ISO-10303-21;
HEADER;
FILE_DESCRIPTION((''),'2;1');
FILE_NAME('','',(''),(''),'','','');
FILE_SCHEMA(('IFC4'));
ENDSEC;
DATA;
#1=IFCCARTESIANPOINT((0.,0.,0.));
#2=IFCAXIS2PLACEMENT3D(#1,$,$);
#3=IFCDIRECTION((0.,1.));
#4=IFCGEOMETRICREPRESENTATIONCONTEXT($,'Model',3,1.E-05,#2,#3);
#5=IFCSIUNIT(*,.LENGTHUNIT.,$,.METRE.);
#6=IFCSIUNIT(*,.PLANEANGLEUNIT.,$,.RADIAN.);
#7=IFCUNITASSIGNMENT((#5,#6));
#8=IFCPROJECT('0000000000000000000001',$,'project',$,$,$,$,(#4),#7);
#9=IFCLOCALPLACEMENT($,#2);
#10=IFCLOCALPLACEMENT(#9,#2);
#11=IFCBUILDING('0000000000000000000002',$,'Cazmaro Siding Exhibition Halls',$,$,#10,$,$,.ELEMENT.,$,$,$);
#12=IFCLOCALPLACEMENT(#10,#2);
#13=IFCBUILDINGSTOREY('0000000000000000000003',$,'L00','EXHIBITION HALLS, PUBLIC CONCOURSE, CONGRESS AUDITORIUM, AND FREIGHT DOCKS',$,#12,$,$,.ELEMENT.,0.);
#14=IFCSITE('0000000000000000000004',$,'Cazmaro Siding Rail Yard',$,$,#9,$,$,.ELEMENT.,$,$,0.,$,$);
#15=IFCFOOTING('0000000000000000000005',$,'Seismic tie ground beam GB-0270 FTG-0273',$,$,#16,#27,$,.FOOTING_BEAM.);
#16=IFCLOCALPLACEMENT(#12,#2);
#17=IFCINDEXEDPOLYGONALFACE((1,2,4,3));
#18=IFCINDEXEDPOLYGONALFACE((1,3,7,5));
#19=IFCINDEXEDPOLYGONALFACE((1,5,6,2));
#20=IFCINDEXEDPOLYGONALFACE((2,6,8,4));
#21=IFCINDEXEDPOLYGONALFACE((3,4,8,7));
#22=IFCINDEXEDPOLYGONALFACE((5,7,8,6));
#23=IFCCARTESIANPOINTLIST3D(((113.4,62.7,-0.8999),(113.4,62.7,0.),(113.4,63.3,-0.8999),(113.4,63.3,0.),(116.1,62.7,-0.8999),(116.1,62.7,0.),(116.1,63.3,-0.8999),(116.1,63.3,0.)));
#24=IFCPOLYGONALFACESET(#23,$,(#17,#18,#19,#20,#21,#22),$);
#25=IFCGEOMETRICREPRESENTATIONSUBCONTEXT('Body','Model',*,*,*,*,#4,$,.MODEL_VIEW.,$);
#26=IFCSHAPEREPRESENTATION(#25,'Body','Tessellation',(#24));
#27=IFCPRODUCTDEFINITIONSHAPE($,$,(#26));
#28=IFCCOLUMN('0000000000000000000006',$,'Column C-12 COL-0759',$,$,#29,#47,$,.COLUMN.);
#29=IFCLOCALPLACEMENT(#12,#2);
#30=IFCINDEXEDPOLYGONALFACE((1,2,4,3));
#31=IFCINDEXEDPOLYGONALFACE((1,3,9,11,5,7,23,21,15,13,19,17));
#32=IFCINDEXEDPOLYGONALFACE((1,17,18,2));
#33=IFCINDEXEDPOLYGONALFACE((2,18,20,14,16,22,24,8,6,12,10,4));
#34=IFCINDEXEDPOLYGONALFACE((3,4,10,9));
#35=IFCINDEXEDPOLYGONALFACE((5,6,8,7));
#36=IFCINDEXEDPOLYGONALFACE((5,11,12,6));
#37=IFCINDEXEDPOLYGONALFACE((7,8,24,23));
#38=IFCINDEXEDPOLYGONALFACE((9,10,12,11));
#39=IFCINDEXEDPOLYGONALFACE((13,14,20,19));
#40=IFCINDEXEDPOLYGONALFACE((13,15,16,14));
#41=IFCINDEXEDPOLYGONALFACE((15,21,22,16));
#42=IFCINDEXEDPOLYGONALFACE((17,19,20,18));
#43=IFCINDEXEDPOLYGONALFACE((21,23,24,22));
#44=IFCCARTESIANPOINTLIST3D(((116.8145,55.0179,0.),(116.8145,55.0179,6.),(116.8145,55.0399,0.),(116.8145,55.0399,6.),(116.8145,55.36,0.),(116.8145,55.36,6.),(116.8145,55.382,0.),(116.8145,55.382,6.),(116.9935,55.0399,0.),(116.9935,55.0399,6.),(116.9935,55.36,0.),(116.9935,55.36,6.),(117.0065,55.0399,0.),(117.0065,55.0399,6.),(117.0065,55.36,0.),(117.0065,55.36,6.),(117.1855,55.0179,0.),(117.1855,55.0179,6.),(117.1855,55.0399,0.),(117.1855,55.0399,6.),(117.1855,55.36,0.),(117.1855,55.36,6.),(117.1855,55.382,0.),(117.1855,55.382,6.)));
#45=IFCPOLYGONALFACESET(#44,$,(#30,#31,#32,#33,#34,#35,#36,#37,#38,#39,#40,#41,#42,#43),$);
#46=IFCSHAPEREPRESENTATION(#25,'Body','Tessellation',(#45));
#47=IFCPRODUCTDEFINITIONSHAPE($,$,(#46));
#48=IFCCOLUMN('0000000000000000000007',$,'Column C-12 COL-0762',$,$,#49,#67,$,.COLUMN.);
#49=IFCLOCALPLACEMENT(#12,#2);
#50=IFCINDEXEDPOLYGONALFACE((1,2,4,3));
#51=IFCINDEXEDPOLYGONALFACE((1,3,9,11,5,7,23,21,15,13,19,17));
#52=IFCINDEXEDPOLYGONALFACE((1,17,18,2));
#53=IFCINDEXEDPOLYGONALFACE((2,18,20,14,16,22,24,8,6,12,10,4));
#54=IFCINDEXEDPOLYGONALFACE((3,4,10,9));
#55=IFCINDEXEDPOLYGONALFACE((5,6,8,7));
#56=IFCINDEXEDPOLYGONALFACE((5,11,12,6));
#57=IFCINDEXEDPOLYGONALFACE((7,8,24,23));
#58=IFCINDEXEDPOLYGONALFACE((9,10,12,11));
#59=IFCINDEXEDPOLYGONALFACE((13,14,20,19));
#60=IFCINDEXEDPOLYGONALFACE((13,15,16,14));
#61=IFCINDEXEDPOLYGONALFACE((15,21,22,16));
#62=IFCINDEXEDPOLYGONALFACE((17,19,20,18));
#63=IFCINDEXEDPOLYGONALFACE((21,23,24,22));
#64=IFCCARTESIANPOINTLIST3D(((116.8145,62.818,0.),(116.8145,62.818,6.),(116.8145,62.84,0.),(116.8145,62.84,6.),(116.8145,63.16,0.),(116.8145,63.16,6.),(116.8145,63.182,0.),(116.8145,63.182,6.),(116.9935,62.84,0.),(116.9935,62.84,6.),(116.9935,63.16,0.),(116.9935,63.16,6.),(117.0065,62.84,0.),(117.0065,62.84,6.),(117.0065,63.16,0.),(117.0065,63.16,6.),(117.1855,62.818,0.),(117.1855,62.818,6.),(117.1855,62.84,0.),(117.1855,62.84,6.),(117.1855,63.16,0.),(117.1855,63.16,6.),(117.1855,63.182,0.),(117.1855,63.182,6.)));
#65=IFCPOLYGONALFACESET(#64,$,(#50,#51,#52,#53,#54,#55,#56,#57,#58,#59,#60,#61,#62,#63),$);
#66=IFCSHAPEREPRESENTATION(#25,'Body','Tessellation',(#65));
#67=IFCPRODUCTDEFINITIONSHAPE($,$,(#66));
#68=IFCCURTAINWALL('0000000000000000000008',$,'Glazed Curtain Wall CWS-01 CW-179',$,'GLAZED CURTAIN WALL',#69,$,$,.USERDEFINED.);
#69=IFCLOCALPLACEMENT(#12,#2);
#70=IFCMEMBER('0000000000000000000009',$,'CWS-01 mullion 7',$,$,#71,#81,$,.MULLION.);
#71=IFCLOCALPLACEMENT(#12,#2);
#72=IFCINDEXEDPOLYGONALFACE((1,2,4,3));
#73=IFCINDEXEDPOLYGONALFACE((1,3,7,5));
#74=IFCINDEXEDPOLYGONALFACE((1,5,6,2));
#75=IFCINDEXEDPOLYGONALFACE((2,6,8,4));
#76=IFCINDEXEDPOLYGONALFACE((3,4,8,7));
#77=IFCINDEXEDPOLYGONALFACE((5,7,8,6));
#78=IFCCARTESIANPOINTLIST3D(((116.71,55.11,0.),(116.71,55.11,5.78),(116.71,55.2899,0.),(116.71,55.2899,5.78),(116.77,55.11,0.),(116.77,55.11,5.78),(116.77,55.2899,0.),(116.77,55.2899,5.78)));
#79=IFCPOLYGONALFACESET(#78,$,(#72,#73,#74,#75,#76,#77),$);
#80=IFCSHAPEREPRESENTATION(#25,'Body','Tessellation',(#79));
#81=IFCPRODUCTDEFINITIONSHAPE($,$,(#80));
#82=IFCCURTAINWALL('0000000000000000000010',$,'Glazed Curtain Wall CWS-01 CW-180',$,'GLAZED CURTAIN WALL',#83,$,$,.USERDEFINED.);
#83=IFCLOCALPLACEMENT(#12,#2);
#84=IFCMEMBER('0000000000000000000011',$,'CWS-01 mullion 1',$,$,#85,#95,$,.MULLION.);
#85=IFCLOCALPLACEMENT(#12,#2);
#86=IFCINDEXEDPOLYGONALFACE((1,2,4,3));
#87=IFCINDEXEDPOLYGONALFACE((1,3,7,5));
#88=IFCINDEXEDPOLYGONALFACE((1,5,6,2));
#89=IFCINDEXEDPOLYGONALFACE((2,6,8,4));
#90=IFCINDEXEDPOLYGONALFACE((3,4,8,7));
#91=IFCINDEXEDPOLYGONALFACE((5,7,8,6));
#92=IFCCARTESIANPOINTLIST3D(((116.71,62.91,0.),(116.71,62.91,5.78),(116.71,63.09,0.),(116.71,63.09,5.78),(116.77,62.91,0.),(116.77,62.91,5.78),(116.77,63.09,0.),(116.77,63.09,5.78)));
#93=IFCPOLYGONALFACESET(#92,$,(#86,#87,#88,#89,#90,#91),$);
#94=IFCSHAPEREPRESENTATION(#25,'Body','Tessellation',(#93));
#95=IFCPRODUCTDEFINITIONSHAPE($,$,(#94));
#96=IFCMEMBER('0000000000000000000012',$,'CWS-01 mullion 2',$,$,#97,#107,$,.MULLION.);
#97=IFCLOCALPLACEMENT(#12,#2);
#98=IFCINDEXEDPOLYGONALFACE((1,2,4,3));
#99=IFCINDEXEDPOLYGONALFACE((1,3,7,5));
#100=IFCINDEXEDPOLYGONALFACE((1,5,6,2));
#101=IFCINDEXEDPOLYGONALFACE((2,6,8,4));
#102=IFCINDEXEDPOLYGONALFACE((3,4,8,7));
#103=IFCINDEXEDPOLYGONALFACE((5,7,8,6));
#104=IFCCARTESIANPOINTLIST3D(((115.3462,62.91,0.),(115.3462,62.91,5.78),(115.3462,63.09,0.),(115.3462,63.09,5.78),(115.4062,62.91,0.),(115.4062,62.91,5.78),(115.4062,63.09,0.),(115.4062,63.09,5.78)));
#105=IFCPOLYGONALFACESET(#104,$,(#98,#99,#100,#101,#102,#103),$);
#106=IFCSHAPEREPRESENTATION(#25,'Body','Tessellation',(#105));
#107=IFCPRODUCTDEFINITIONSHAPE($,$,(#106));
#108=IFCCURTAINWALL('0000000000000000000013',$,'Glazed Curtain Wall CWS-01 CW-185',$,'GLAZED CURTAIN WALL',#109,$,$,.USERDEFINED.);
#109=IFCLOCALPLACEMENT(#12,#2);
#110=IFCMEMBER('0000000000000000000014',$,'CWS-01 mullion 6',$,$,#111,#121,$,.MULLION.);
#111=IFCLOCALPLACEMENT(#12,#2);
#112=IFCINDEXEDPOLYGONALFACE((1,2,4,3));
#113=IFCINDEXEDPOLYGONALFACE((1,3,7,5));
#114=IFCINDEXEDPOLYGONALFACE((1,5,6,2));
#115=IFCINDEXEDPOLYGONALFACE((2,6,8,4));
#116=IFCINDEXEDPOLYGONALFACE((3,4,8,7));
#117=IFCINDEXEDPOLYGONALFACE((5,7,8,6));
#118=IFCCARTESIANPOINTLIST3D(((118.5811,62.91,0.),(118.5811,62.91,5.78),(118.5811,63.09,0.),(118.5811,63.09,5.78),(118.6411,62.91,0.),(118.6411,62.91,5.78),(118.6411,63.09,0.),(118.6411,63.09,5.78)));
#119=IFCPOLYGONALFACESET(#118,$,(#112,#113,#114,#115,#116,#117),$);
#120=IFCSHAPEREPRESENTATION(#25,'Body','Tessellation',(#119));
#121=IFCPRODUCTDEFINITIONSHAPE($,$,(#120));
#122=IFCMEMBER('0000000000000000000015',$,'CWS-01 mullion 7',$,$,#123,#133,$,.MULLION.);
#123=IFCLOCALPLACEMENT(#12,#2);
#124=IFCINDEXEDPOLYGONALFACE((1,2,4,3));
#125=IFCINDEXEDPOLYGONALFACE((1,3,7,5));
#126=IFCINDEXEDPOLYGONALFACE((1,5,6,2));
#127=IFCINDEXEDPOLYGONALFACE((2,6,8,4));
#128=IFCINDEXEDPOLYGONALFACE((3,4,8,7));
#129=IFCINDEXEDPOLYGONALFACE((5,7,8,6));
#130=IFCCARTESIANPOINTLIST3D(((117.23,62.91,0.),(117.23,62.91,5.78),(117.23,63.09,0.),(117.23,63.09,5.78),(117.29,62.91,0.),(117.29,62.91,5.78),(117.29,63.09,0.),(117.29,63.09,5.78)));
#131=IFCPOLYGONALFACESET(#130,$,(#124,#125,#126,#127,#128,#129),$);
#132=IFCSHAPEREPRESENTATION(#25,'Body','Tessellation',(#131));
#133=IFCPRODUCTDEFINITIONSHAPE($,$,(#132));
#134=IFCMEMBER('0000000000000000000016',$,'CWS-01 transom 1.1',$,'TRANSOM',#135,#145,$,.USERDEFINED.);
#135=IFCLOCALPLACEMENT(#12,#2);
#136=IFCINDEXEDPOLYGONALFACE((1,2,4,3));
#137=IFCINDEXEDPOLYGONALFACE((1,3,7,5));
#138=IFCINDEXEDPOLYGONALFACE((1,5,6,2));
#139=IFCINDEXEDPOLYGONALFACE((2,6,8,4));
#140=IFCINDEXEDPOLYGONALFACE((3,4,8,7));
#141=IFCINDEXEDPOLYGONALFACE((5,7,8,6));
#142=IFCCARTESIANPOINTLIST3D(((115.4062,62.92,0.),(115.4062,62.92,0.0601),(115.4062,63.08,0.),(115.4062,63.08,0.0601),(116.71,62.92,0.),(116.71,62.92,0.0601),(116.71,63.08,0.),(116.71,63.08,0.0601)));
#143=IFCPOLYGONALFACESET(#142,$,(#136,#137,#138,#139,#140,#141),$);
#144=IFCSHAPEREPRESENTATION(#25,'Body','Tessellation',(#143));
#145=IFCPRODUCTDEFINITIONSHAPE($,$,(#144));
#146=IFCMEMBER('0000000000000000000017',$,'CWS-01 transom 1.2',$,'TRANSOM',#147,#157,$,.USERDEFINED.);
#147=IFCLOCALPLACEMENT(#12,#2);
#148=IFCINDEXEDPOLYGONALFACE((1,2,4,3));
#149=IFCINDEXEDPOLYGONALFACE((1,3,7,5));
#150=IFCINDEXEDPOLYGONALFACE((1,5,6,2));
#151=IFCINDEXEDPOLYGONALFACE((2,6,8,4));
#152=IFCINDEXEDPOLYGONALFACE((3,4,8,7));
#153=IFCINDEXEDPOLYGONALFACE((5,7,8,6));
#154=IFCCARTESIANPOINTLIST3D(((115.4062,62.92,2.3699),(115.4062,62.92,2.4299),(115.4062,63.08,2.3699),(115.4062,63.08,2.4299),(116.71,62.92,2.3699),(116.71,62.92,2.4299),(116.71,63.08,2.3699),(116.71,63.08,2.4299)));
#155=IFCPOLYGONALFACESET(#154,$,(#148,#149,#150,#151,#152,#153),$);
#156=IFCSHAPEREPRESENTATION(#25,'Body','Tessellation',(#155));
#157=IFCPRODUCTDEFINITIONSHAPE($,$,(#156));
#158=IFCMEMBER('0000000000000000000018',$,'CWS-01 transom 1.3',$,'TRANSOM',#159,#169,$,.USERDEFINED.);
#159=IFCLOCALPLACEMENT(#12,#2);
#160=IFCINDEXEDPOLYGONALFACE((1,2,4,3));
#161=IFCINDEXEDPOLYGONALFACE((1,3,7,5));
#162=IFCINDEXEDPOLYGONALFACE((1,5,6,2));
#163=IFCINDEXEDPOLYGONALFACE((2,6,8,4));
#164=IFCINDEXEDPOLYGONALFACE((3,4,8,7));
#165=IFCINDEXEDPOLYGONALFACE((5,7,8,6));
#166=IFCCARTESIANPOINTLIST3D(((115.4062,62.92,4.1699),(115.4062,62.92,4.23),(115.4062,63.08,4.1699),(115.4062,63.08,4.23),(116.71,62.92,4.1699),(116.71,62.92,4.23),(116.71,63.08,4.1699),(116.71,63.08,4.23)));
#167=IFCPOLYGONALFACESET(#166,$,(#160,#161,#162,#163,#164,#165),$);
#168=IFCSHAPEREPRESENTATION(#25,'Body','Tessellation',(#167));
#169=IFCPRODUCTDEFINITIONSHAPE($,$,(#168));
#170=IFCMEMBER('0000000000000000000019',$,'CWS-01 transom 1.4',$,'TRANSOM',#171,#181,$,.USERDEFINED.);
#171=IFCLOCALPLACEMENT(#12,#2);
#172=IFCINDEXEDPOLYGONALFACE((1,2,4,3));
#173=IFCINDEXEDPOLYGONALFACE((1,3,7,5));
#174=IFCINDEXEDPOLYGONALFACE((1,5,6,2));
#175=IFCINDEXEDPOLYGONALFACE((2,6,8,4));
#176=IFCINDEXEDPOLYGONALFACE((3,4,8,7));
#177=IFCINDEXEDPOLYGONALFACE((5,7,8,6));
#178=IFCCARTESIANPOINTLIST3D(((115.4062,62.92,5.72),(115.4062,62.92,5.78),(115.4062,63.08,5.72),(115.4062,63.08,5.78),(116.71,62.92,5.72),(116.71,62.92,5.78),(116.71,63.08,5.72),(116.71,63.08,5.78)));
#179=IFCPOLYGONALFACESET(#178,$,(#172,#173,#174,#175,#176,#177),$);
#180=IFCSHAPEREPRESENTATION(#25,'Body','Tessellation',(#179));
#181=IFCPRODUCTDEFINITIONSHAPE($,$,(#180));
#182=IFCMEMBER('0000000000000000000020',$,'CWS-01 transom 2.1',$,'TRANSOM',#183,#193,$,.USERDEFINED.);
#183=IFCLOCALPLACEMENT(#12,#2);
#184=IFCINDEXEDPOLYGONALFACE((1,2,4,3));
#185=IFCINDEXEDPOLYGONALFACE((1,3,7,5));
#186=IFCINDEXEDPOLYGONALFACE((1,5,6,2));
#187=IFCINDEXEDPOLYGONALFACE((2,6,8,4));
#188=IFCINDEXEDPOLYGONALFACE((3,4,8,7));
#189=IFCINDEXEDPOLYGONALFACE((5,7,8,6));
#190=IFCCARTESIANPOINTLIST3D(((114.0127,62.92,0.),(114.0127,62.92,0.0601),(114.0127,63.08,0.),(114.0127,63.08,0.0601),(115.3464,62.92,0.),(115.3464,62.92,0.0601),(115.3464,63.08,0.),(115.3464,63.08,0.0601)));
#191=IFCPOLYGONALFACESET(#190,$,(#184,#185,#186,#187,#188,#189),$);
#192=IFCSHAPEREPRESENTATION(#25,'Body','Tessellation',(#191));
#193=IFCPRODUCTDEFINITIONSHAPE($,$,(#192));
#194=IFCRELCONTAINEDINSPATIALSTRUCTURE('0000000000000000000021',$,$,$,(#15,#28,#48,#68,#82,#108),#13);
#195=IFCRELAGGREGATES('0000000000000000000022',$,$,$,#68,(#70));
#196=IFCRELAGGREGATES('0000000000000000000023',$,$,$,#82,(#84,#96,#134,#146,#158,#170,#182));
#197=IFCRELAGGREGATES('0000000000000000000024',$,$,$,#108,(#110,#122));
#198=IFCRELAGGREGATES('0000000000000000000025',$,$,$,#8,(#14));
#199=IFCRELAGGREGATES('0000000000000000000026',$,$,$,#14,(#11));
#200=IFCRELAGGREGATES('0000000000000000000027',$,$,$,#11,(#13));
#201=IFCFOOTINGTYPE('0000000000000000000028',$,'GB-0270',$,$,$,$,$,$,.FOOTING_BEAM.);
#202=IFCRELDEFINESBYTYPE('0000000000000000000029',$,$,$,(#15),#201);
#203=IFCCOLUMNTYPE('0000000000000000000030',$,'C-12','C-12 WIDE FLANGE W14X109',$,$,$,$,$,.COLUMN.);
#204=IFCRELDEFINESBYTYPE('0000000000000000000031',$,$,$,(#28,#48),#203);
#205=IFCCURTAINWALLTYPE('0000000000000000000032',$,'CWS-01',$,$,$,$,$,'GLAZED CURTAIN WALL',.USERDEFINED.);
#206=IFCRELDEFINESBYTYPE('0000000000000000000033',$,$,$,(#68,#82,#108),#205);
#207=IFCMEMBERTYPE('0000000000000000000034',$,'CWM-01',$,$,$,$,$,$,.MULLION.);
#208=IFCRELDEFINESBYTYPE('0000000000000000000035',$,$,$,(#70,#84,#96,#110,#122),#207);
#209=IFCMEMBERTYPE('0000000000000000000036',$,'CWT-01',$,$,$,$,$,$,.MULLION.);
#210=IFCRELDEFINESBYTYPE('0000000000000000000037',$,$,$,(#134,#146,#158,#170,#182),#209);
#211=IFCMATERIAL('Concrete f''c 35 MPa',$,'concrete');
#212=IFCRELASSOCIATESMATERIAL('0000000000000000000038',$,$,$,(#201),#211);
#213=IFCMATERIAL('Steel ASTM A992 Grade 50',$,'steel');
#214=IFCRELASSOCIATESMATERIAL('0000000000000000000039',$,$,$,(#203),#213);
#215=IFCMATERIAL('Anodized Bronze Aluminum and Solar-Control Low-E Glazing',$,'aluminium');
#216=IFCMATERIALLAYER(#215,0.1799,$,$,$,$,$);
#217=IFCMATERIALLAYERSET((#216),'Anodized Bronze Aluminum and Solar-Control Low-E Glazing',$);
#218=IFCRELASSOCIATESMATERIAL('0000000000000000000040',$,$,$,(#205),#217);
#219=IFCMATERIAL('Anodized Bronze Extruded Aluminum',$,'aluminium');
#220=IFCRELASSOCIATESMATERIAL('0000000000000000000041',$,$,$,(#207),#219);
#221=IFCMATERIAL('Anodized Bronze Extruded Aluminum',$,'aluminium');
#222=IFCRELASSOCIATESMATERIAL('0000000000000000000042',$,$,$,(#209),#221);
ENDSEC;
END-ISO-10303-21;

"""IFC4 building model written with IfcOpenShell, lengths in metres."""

from ifc_helpers import new_model, si_unit, direction, frame, origin, origin_2d, place, context, subcontext, project, spatial, rectangle, i_section, extrude, material, layer, layer_set, material_profile, profile_set, type_object, element, aggregate, save


model = new_model("IFC4")

# Units and contexts
model_context = context("Model", 3, precision=1e-05, world=origin(), true_north=direction((0.0, 1.0)))
body_context = subcontext(model_context, "Body", "Model", "MODEL_VIEW")
ifc_project = project(units=[si_unit("LENGTHUNIT", "METRE"), si_unit("PLANEANGLEUNIT", "RADIAN")], contexts=[model_context])

# Site, building, storey
site_placement = place(None, origin())
site = spatial("IfcSite", under=ifc_project, at=site_placement, Name="Cazmaro Siding Rail Yard", CompositionType="ELEMENT", RefElevation=0.0)
building_placement = place(site_placement, origin())
building = spatial("IfcBuilding", under=site, at=building_placement, Name="Cazmaro Siding Exhibition Halls", CompositionType="ELEMENT")
storey_placement = place(building_placement, origin())
storey = spatial("IfcBuildingStorey", under=building, at=storey_placement, Name="L00", Description="EXHIBITION HALLS, PUBLIC CONCOURSE, CONGRESS AUDITORIUM, AND FREIGHT DOCKS", CompositionType="ELEMENT", Elevation=0.0)

# Footing
ifc_material_1 = material(Name="Concrete f'c 35 MPa", Category="concrete")
footing_type = type_object("IfcFootingType", Name="GB-0270", PredefinedType="FOOTING_BEAM", material=ifc_material_1)
footing_placement = place(storey_placement, frame((114.75, 63.0, -0.8999), z_axis=(0.0, 0.0, 1.0), x_axis=(1.0, 0.0, 0.0)))
element("IfcFooting", 1, at=footing_placement, inside=storey, type_object=footing_type, Name="Seismic tie ground beam GB-0270 FTG-0273", PredefinedType="FOOTING_BEAM", context=body_context, shape_type="SweptSolid", body=[
    extrude(rectangle(XDim=2.7, YDim=0.6001, at=origin_2d()), origin(), (0.0, 0.0, 1.0), 0.8999),
])

# Columns
ifc_material_2 = material(Name="Steel ASTM A992 Grade 50", Category="steel")
ifc_material_profile_1 = material_profile(ifc_material_2, i_section(OverallWidth=0.3711, OverallDepth=0.364, WebThickness=0.0129, FlangeThickness=0.022, at=origin_2d()), Name="W14X109")
ifc_profile_set_1 = profile_set([ifc_material_profile_1], Name="Steel ASTM A992 Grade 50")
column_type = type_object("IfcColumnType", Name="C-12", Description="C-12 WIDE FLANGE W14X109", PredefinedType="COLUMN", material=ifc_profile_set_1)
for number, where, z_axis, x_axis, name in (
    (2, (117.0, 55.2, 0.0), (0.0, 0.0, 1.0), (1.0, 0.0, 0.0), "Column C-12 COL-0759"),
    (3, (117.0, 63.0, 0.0), (0.0, 0.0, 1.0), (1.0, 0.0, 0.0), "Column C-12 COL-0762"),
):
    element("IfcColumn", number, at=place(storey_placement, frame(where, z_axis=z_axis, x_axis=x_axis)), inside=storey, type_object=column_type, Name=name, PredefinedType="COLUMN", context=body_context, shape_type="SweptSolid", body=[
        extrude(i_section(OverallWidth=0.3711, OverallDepth=0.364, WebThickness=0.0129, FlangeThickness=0.022, at=origin_2d()), origin(), (0.0, 0.0, 1.0), 6.0),
    ])

# Curtain wall, member
ifc_material_3 = material(Name="Anodized Bronze Aluminum and Solar-Control Low-E Glazing", Category="aluminium")
ifc_layer_1 = layer(ifc_material_3, 0.1799)
ifc_layer_set_1 = layer_set([ifc_layer_1], Name="Anodized Bronze Aluminum and Solar-Control Low-E Glazing")
curtain_wall_type = type_object("IfcCurtainWallType", Name="CWS-01", ElementType="GLAZED CURTAIN WALL", PredefinedType="USERDEFINED", material=ifc_layer_set_1)
curtain_wall_1_placement = place(storey_placement, origin())
curtain_wall_1 = element("IfcCurtainWall", 4, at=curtain_wall_1_placement, inside=storey, type_object=curtain_wall_type, Name="Glazed Curtain Wall CWS-01 CW-179", ObjectType="GLAZED CURTAIN WALL", PredefinedType="USERDEFINED")
ifc_material_4 = material(Name="Anodized Bronze Extruded Aluminum", Category="aluminium")
ifc_material_profile_2 = material_profile(ifc_material_4, rectangle(XDim=0.1799, YDim=0.0601, at=origin_2d()), Name="CWM-01")
ifc_profile_set_2 = profile_set([ifc_material_profile_2], Name="Anodized Bronze Extruded Aluminum")
member_type_1 = type_object("IfcMemberType", Name="CWM-01", PredefinedType="MULLION", material=ifc_profile_set_2)
member_1_placement = place(storey_placement, frame((116.74, 55.2, 0.0), z_axis=(0.0, 0.0, 1.0), x_axis=(0.0, 1.0, 0.0)))
member_1 = element("IfcMember", 5, at=member_1_placement, type_object=member_type_1, Name="CWS-01 mullion 7", PredefinedType="MULLION", context=body_context, shape_type="SweptSolid", body=[
    extrude(rectangle(XDim=0.1799, YDim=0.0601, at=origin_2d()), origin(), (0.0, 0.0, 1.0), 5.78),
])

# Curtain walls, members
curtain_wall_2_placement = place(storey_placement, origin())
curtain_wall_2 = element("IfcCurtainWall", 6, at=curtain_wall_2_placement, inside=storey, type_object=curtain_wall_type, Name="Glazed Curtain Wall CWS-01 CW-180", ObjectType="GLAZED CURTAIN WALL", PredefinedType="USERDEFINED")
member_2_placement = place(storey_placement, frame((116.74, 63.0, 0.0), z_axis=(0.0, 0.0, 1.0), x_axis=(0.0, -1.0, 0.0)))
member_2 = element("IfcMember", 7, at=member_2_placement, type_object=member_type_1, Name="CWS-01 mullion 1", PredefinedType="MULLION", context=body_context, shape_type="SweptSolid", body=[
    extrude(rectangle(XDim=0.1799, YDim=0.0601, at=origin_2d()), origin(), (0.0, 0.0, 1.0), 5.78),
])
member_3_placement = place(storey_placement, frame((115.3762, 63.0, 0.0), z_axis=(0.0, 0.0, 1.0), x_axis=(0.0, -1.0, 0.0)))
member_3 = element("IfcMember", 8, at=member_3_placement, type_object=member_type_1, Name="CWS-01 mullion 2", PredefinedType="MULLION", context=body_context, shape_type="SweptSolid", body=[
    extrude(rectangle(XDim=0.1799, YDim=0.0601, at=origin_2d()), origin(), (0.0, 0.0, 1.0), 5.78),
])
curtain_wall_3_placement = place(storey_placement, origin())
curtain_wall_3 = element("IfcCurtainWall", 9, at=curtain_wall_3_placement, inside=storey, type_object=curtain_wall_type, Name="Glazed Curtain Wall CWS-01 CW-185", ObjectType="GLAZED CURTAIN WALL", PredefinedType="USERDEFINED")
member_4_placement = place(storey_placement, frame((118.6111, 63.0, 0.0), z_axis=(0.0, 0.0, 1.0), x_axis=(0.0, -1.0, 0.0)))
member_4 = element("IfcMember", 10, at=member_4_placement, type_object=member_type_1, Name="CWS-01 mullion 6", PredefinedType="MULLION", context=body_context, shape_type="SweptSolid", body=[
    extrude(rectangle(XDim=0.1799, YDim=0.0601, at=origin_2d()), origin(), (0.0, 0.0, 1.0), 5.78),
])
member_5_placement = place(storey_placement, frame((117.26, 63.0, 0.0), z_axis=(0.0, 0.0, 1.0), x_axis=(0.0, -1.0, 0.0)))
member_5 = element("IfcMember", 11, at=member_5_placement, type_object=member_type_1, Name="CWS-01 mullion 7", PredefinedType="MULLION", context=body_context, shape_type="SweptSolid", body=[
    extrude(rectangle(XDim=0.1799, YDim=0.0601, at=origin_2d()), origin(), (0.0, 0.0, 1.0), 5.78),
])

# Members
ifc_material_5 = material(Name="Anodized Bronze Extruded Aluminum", Category="aluminium")
ifc_material_profile_3 = material_profile(ifc_material_5, rectangle(XDim=0.1599, YDim=0.0601, at=origin_2d()), Name="CWT-01")
ifc_profile_set_3 = profile_set([ifc_material_profile_3], Name="Anodized Bronze Extruded Aluminum")
member_type_2 = type_object("IfcMemberType", Name="CWT-01", PredefinedType="MULLION", material=ifc_profile_set_3)
member_6_placement = place(storey_placement, frame((116.71, 63.0, 0.03), z_axis=(-1.0, 0.0, 0.0), x_axis=(0.0, -1.0, 0.0)))
member_6 = element("IfcMember", 12, at=member_6_placement, type_object=member_type_2, Name="CWS-01 transom 1.1", ObjectType="TRANSOM", PredefinedType="USERDEFINED", context=body_context, shape_type="SweptSolid", body=[
    extrude(rectangle(XDim=0.1599, YDim=0.0601, at=origin_2d()), origin(), (0.0, 0.0, 1.0), 1.3037),
])
member_7_placement = place(storey_placement, frame((116.71, 63.0, 2.3999), z_axis=(-1.0, 0.0, 0.0), x_axis=(0.0, -1.0, 0.0)))
member_7 = element("IfcMember", 13, at=member_7_placement, type_object=member_type_2, Name="CWS-01 transom 1.2", ObjectType="TRANSOM", PredefinedType="USERDEFINED", context=body_context, shape_type="SweptSolid", body=[
    extrude(rectangle(XDim=0.1599, YDim=0.0601, at=origin_2d()), origin(), (0.0, 0.0, 1.0), 1.3037),
])
member_8_placement = place(storey_placement, frame((116.71, 63.0, 4.2), z_axis=(-1.0, 0.0, 0.0), x_axis=(0.0, -1.0, 0.0)))
member_8 = element("IfcMember", 14, at=member_8_placement, type_object=member_type_2, Name="CWS-01 transom 1.3", ObjectType="TRANSOM", PredefinedType="USERDEFINED", context=body_context, shape_type="SweptSolid", body=[
    extrude(rectangle(XDim=0.1599, YDim=0.0601, at=origin_2d()), origin(), (0.0, 0.0, 1.0), 1.3037),
])
member_9_placement = place(storey_placement, frame((116.71, 63.0, 5.75), z_axis=(-1.0, 0.0, 0.0), x_axis=(0.0, -1.0, 0.0)))
member_9 = element("IfcMember", 15, at=member_9_placement, type_object=member_type_2, Name="CWS-01 transom 1.4", ObjectType="TRANSOM", PredefinedType="USERDEFINED", context=body_context, shape_type="SweptSolid", body=[
    extrude(rectangle(XDim=0.1599, YDim=0.0601, at=origin_2d()), origin(), (0.0, 0.0, 1.0), 1.3037),
])
member_10_placement = place(storey_placement, frame((115.3464, 63.0, 0.03), z_axis=(-1.0, 0.0, 0.0), x_axis=(0.0, -1.0, 0.0)))
member_10 = element("IfcMember", 16, at=member_10_placement, type_object=member_type_2, Name="CWS-01 transom 2.1", ObjectType="TRANSOM", PredefinedType="USERDEFINED", context=body_context, shape_type="SweptSolid", body=[
    extrude(rectangle(XDim=0.1599, YDim=0.0601, at=origin_2d()), origin(), (0.0, 0.0, 1.0), 1.3337),
])

aggregate(curtain_wall_1, [member_1])
aggregate(curtain_wall_2, [member_2, member_3, member_6, member_7, member_8, member_9, member_10])
aggregate(curtain_wall_3, [member_4, member_5])

save(model, "model.ifc")
